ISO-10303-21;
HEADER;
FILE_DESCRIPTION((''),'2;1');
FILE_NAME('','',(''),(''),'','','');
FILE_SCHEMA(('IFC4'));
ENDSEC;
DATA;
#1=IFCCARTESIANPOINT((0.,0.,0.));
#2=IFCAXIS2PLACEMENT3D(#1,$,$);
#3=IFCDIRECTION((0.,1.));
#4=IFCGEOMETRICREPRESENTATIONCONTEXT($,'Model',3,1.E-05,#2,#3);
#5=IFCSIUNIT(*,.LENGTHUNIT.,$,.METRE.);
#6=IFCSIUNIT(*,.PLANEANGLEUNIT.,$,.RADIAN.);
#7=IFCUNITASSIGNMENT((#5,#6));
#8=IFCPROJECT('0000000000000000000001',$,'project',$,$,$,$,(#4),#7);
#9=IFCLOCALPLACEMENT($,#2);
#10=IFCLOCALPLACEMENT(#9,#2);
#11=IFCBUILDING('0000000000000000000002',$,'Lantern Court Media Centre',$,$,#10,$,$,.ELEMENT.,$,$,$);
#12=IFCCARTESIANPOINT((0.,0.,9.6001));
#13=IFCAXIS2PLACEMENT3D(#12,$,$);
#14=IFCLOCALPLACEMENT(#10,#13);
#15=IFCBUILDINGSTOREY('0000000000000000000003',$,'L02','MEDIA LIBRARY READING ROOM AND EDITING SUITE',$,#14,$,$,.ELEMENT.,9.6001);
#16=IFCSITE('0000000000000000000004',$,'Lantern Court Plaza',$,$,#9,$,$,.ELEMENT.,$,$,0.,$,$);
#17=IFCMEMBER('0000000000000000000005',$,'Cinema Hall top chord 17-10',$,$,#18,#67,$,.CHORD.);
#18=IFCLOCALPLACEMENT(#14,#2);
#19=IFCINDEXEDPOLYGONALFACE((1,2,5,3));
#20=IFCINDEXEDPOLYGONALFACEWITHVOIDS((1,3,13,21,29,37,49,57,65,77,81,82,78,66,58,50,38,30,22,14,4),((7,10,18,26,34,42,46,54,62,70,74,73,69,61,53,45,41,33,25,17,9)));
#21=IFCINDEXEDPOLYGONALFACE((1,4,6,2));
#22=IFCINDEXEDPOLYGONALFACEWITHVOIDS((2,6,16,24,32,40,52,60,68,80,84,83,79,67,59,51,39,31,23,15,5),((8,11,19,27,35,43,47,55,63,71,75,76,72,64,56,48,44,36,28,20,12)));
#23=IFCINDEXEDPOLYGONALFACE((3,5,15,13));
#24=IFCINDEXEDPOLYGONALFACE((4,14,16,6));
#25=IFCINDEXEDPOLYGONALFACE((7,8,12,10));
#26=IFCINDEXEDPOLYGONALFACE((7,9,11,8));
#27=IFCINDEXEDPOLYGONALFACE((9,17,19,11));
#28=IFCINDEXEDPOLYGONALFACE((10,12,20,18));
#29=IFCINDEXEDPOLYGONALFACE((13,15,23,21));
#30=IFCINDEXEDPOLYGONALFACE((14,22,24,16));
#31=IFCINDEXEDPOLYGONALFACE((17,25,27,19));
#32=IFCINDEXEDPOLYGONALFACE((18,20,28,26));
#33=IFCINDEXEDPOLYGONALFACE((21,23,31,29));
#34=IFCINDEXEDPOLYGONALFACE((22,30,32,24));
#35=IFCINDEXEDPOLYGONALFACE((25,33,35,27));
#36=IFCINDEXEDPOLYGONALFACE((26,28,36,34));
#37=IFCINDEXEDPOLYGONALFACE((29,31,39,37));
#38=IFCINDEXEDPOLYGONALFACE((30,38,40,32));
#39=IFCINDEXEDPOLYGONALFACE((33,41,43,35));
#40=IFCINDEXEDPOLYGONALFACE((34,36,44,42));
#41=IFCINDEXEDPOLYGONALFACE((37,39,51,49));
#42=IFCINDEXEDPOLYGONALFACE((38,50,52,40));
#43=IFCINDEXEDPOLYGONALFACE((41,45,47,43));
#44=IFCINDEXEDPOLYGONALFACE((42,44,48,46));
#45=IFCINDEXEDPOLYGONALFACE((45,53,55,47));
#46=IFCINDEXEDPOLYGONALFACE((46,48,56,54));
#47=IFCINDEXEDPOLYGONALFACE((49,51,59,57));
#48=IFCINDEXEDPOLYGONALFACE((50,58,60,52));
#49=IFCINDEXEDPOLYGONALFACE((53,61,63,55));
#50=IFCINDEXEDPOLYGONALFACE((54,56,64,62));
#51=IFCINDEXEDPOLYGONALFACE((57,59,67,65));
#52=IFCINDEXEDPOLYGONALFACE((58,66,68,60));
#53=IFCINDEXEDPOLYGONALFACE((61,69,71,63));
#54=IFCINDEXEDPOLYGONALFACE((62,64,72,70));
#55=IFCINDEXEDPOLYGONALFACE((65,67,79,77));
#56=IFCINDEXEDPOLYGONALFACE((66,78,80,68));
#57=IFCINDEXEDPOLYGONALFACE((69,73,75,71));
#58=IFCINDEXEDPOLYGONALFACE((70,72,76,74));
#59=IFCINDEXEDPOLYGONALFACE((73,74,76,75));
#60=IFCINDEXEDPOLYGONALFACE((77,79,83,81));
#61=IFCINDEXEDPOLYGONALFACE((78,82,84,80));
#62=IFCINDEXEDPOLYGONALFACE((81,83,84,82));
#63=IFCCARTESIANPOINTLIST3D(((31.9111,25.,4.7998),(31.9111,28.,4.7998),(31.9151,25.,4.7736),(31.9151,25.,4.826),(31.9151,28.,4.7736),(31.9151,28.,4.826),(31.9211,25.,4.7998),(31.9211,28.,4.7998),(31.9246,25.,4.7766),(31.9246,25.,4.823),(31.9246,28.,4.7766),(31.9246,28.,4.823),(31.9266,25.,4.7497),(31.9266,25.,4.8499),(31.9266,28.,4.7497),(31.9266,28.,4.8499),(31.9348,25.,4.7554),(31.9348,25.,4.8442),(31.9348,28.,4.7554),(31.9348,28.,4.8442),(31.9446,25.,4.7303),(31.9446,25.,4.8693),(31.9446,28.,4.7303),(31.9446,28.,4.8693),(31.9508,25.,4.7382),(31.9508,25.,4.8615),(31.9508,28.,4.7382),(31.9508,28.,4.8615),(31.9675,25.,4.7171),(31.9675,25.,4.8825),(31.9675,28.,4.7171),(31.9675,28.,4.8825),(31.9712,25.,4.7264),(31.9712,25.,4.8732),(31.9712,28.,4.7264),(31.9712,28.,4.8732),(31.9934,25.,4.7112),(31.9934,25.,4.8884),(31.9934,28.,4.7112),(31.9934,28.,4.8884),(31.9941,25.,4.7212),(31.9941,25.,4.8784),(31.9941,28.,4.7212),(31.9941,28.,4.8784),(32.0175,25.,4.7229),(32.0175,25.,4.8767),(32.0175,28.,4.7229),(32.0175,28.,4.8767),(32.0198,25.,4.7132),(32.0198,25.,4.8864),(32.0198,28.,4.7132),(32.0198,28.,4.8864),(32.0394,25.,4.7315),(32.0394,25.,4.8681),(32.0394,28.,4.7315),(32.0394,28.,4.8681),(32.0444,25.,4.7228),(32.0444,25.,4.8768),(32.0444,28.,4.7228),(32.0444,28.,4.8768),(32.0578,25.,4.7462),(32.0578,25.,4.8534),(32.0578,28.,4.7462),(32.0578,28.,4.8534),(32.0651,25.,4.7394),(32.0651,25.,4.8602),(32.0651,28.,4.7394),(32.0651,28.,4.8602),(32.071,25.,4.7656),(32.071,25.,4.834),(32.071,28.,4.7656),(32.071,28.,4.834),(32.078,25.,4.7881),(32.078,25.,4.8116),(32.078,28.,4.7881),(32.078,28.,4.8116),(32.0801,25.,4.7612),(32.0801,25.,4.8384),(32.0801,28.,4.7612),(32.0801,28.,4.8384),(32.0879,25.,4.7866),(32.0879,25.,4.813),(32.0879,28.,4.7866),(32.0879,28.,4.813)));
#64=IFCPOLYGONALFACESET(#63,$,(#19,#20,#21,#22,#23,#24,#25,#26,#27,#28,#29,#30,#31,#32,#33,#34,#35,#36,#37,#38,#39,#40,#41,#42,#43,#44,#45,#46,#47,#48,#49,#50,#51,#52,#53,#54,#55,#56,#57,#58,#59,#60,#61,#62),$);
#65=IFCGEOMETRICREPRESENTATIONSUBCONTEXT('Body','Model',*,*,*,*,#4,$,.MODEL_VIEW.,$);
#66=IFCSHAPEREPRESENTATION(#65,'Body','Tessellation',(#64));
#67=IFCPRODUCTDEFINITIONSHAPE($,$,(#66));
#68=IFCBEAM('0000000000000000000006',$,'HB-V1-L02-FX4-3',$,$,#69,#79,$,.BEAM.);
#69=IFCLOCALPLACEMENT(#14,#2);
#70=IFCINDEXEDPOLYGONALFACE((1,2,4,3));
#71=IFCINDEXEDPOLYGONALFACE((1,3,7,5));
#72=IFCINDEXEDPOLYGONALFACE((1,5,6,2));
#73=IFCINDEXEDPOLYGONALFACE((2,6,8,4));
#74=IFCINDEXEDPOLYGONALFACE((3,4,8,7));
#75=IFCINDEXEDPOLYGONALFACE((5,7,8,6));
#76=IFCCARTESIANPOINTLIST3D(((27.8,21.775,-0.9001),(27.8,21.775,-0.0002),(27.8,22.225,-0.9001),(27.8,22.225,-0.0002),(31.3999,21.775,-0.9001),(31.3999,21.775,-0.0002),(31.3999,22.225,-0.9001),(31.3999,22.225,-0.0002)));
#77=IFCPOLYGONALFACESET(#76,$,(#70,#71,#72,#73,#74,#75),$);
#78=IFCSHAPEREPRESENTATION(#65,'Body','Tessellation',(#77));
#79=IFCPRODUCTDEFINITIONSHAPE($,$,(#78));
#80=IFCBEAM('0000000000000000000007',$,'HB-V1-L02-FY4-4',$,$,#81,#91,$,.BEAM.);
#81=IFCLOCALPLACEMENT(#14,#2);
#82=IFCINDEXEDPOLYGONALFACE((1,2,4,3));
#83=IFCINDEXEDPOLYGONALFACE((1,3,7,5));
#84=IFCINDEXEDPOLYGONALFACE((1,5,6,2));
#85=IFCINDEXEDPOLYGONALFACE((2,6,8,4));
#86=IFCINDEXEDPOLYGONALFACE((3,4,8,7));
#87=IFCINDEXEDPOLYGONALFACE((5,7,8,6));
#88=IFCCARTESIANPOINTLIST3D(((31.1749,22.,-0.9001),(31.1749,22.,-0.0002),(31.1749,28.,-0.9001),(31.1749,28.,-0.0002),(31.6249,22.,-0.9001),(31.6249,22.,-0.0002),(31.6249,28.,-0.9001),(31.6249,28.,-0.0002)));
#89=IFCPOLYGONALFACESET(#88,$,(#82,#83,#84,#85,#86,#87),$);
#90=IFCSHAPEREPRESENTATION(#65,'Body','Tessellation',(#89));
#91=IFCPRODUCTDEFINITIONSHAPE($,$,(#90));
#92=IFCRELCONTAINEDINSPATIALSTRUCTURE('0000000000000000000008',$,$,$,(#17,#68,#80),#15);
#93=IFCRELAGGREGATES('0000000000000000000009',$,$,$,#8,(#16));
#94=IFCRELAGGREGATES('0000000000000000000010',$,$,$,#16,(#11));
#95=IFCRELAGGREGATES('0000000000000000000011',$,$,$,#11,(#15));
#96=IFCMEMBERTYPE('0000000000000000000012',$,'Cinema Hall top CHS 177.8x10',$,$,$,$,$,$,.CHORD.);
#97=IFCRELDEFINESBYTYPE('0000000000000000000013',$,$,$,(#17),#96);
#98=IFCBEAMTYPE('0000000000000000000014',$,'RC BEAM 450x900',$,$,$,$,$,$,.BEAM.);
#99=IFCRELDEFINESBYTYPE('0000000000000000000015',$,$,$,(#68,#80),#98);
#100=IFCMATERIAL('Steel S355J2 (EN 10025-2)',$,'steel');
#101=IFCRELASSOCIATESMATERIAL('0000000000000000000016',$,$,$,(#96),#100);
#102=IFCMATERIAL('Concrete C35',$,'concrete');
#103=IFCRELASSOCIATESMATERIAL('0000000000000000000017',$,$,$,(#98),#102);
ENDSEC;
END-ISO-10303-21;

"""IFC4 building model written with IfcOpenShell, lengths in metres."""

from ifc_helpers import new_model, si_unit, direction, frame, origin, origin_2d, place, context, subcontext, project, spatial, rectangle, hollow_circle, extrude, material, material_profile, profile_set, type_object, element, save


model = new_model("IFC4")

# Units and contexts
model_context = context("Model", 3, precision=1e-05, world=origin(), true_north=direction((0.0, 1.0)))
body_context = subcontext(model_context, "Body", "Model", "MODEL_VIEW")
ifc_project = project(units=[si_unit("LENGTHUNIT", "METRE"), si_unit("PLANEANGLEUNIT", "RADIAN")], contexts=[model_context])

# Site, building, storey
site_placement = place(None, origin())
site = spatial("IfcSite", under=ifc_project, at=site_placement, Name="Lantern Court Plaza", CompositionType="ELEMENT", RefElevation=0.0)
building_placement = place(site_placement, origin())
building = spatial("IfcBuilding", under=site, at=building_placement, Name="Lantern Court Media Centre", CompositionType="ELEMENT")
storey_placement = place(building_placement, frame((0.0, 0.0, 9.6001)))
storey = spatial("IfcBuildingStorey", under=building, at=storey_placement, Name="L02", Description="MEDIA LIBRARY READING ROOM AND EDITING SUITE", CompositionType="ELEMENT", Elevation=9.6001)

# Shared definitions
ifc_material_1 = material(Name="Concrete C35", Category="concrete")

# Member
ifc_material_2 = material(Name="Steel S355J2 (EN 10025-2)", Category="steel")
ifc_material_profile_1 = material_profile(ifc_material_2, hollow_circle(Radius=0.0889, WallThickness=0.01, at=origin_2d()), Name="Cinema Hall top CHS 177.8x10")
ifc_profile_set_1 = profile_set([ifc_material_profile_1], Name="Steel S355J2 (EN 10025-2)")
member_type_1 = type_object("IfcMemberType", Name="Cinema Hall top CHS 177.8x10", PredefinedType="CHORD", material=ifc_profile_set_1)
for number, where, z_axis, x_axis, name in (
    (1, (32.0, 25.0, 4.7998), (0.0, 1.0, 0.0), (-1.0, 0.0, 0.0), "Cinema Hall top chord 17-10"),
):
    element("IfcMember", number, at=place(storey_placement, frame(where, z_axis=z_axis, x_axis=x_axis)), inside=storey, type_object=member_type_1, Name=name, PredefinedType="CHORD", context=body_context, shape_type="SweptSolid", body=[
        extrude(hollow_circle(Radius=0.0889, WallThickness=0.01, at=origin_2d()), origin(), (0.0, 0.0, 1.0), 3.0),
    ])

# Beams
ifc_material_profile_2 = material_profile(ifc_material_1, rectangle(XDim=0.45, YDim=0.8999, at=origin_2d()), Name="RC 450x900")
ifc_profile_set_2 = profile_set([ifc_material_profile_2], Name="Concrete C35")
beam_type = type_object("IfcBeamType", Name="RC BEAM 450x900", PredefinedType="BEAM", material=ifc_profile_set_2)
beam_1_placement = place(storey_placement, frame((27.8, 22.0, -0.4502), z_axis=(1.0, 0.0, 0.0), x_axis=(0.0, 1.0, 0.0)))
element("IfcBeam", 2, at=beam_1_placement, inside=storey, type_object=beam_type, Name="HB-V1-L02-FX4-3", PredefinedType="BEAM", context=body_context, shape_type="SweptSolid", body=[
    extrude(rectangle(XDim=0.45, YDim=0.8999, at=origin_2d()), origin(), (0.0, 0.0, 1.0), 3.5999),
])
beam_2_placement = place(storey_placement, frame((31.3999, 22.0, -0.4502), z_axis=(0.0, 1.0, 0.0), x_axis=(-1.0, 0.0, 0.0)))
element("IfcBeam", 3, at=beam_2_placement, inside=storey, type_object=beam_type, Name="HB-V1-L02-FY4-4", PredefinedType="BEAM", context=body_context, shape_type="SweptSolid", body=[
    extrude(rectangle(XDim=0.45, YDim=0.8999, at=origin_2d()), origin(), (0.0, 0.0, 1.0), 6.0),
])

save(model, "model.ifc")
